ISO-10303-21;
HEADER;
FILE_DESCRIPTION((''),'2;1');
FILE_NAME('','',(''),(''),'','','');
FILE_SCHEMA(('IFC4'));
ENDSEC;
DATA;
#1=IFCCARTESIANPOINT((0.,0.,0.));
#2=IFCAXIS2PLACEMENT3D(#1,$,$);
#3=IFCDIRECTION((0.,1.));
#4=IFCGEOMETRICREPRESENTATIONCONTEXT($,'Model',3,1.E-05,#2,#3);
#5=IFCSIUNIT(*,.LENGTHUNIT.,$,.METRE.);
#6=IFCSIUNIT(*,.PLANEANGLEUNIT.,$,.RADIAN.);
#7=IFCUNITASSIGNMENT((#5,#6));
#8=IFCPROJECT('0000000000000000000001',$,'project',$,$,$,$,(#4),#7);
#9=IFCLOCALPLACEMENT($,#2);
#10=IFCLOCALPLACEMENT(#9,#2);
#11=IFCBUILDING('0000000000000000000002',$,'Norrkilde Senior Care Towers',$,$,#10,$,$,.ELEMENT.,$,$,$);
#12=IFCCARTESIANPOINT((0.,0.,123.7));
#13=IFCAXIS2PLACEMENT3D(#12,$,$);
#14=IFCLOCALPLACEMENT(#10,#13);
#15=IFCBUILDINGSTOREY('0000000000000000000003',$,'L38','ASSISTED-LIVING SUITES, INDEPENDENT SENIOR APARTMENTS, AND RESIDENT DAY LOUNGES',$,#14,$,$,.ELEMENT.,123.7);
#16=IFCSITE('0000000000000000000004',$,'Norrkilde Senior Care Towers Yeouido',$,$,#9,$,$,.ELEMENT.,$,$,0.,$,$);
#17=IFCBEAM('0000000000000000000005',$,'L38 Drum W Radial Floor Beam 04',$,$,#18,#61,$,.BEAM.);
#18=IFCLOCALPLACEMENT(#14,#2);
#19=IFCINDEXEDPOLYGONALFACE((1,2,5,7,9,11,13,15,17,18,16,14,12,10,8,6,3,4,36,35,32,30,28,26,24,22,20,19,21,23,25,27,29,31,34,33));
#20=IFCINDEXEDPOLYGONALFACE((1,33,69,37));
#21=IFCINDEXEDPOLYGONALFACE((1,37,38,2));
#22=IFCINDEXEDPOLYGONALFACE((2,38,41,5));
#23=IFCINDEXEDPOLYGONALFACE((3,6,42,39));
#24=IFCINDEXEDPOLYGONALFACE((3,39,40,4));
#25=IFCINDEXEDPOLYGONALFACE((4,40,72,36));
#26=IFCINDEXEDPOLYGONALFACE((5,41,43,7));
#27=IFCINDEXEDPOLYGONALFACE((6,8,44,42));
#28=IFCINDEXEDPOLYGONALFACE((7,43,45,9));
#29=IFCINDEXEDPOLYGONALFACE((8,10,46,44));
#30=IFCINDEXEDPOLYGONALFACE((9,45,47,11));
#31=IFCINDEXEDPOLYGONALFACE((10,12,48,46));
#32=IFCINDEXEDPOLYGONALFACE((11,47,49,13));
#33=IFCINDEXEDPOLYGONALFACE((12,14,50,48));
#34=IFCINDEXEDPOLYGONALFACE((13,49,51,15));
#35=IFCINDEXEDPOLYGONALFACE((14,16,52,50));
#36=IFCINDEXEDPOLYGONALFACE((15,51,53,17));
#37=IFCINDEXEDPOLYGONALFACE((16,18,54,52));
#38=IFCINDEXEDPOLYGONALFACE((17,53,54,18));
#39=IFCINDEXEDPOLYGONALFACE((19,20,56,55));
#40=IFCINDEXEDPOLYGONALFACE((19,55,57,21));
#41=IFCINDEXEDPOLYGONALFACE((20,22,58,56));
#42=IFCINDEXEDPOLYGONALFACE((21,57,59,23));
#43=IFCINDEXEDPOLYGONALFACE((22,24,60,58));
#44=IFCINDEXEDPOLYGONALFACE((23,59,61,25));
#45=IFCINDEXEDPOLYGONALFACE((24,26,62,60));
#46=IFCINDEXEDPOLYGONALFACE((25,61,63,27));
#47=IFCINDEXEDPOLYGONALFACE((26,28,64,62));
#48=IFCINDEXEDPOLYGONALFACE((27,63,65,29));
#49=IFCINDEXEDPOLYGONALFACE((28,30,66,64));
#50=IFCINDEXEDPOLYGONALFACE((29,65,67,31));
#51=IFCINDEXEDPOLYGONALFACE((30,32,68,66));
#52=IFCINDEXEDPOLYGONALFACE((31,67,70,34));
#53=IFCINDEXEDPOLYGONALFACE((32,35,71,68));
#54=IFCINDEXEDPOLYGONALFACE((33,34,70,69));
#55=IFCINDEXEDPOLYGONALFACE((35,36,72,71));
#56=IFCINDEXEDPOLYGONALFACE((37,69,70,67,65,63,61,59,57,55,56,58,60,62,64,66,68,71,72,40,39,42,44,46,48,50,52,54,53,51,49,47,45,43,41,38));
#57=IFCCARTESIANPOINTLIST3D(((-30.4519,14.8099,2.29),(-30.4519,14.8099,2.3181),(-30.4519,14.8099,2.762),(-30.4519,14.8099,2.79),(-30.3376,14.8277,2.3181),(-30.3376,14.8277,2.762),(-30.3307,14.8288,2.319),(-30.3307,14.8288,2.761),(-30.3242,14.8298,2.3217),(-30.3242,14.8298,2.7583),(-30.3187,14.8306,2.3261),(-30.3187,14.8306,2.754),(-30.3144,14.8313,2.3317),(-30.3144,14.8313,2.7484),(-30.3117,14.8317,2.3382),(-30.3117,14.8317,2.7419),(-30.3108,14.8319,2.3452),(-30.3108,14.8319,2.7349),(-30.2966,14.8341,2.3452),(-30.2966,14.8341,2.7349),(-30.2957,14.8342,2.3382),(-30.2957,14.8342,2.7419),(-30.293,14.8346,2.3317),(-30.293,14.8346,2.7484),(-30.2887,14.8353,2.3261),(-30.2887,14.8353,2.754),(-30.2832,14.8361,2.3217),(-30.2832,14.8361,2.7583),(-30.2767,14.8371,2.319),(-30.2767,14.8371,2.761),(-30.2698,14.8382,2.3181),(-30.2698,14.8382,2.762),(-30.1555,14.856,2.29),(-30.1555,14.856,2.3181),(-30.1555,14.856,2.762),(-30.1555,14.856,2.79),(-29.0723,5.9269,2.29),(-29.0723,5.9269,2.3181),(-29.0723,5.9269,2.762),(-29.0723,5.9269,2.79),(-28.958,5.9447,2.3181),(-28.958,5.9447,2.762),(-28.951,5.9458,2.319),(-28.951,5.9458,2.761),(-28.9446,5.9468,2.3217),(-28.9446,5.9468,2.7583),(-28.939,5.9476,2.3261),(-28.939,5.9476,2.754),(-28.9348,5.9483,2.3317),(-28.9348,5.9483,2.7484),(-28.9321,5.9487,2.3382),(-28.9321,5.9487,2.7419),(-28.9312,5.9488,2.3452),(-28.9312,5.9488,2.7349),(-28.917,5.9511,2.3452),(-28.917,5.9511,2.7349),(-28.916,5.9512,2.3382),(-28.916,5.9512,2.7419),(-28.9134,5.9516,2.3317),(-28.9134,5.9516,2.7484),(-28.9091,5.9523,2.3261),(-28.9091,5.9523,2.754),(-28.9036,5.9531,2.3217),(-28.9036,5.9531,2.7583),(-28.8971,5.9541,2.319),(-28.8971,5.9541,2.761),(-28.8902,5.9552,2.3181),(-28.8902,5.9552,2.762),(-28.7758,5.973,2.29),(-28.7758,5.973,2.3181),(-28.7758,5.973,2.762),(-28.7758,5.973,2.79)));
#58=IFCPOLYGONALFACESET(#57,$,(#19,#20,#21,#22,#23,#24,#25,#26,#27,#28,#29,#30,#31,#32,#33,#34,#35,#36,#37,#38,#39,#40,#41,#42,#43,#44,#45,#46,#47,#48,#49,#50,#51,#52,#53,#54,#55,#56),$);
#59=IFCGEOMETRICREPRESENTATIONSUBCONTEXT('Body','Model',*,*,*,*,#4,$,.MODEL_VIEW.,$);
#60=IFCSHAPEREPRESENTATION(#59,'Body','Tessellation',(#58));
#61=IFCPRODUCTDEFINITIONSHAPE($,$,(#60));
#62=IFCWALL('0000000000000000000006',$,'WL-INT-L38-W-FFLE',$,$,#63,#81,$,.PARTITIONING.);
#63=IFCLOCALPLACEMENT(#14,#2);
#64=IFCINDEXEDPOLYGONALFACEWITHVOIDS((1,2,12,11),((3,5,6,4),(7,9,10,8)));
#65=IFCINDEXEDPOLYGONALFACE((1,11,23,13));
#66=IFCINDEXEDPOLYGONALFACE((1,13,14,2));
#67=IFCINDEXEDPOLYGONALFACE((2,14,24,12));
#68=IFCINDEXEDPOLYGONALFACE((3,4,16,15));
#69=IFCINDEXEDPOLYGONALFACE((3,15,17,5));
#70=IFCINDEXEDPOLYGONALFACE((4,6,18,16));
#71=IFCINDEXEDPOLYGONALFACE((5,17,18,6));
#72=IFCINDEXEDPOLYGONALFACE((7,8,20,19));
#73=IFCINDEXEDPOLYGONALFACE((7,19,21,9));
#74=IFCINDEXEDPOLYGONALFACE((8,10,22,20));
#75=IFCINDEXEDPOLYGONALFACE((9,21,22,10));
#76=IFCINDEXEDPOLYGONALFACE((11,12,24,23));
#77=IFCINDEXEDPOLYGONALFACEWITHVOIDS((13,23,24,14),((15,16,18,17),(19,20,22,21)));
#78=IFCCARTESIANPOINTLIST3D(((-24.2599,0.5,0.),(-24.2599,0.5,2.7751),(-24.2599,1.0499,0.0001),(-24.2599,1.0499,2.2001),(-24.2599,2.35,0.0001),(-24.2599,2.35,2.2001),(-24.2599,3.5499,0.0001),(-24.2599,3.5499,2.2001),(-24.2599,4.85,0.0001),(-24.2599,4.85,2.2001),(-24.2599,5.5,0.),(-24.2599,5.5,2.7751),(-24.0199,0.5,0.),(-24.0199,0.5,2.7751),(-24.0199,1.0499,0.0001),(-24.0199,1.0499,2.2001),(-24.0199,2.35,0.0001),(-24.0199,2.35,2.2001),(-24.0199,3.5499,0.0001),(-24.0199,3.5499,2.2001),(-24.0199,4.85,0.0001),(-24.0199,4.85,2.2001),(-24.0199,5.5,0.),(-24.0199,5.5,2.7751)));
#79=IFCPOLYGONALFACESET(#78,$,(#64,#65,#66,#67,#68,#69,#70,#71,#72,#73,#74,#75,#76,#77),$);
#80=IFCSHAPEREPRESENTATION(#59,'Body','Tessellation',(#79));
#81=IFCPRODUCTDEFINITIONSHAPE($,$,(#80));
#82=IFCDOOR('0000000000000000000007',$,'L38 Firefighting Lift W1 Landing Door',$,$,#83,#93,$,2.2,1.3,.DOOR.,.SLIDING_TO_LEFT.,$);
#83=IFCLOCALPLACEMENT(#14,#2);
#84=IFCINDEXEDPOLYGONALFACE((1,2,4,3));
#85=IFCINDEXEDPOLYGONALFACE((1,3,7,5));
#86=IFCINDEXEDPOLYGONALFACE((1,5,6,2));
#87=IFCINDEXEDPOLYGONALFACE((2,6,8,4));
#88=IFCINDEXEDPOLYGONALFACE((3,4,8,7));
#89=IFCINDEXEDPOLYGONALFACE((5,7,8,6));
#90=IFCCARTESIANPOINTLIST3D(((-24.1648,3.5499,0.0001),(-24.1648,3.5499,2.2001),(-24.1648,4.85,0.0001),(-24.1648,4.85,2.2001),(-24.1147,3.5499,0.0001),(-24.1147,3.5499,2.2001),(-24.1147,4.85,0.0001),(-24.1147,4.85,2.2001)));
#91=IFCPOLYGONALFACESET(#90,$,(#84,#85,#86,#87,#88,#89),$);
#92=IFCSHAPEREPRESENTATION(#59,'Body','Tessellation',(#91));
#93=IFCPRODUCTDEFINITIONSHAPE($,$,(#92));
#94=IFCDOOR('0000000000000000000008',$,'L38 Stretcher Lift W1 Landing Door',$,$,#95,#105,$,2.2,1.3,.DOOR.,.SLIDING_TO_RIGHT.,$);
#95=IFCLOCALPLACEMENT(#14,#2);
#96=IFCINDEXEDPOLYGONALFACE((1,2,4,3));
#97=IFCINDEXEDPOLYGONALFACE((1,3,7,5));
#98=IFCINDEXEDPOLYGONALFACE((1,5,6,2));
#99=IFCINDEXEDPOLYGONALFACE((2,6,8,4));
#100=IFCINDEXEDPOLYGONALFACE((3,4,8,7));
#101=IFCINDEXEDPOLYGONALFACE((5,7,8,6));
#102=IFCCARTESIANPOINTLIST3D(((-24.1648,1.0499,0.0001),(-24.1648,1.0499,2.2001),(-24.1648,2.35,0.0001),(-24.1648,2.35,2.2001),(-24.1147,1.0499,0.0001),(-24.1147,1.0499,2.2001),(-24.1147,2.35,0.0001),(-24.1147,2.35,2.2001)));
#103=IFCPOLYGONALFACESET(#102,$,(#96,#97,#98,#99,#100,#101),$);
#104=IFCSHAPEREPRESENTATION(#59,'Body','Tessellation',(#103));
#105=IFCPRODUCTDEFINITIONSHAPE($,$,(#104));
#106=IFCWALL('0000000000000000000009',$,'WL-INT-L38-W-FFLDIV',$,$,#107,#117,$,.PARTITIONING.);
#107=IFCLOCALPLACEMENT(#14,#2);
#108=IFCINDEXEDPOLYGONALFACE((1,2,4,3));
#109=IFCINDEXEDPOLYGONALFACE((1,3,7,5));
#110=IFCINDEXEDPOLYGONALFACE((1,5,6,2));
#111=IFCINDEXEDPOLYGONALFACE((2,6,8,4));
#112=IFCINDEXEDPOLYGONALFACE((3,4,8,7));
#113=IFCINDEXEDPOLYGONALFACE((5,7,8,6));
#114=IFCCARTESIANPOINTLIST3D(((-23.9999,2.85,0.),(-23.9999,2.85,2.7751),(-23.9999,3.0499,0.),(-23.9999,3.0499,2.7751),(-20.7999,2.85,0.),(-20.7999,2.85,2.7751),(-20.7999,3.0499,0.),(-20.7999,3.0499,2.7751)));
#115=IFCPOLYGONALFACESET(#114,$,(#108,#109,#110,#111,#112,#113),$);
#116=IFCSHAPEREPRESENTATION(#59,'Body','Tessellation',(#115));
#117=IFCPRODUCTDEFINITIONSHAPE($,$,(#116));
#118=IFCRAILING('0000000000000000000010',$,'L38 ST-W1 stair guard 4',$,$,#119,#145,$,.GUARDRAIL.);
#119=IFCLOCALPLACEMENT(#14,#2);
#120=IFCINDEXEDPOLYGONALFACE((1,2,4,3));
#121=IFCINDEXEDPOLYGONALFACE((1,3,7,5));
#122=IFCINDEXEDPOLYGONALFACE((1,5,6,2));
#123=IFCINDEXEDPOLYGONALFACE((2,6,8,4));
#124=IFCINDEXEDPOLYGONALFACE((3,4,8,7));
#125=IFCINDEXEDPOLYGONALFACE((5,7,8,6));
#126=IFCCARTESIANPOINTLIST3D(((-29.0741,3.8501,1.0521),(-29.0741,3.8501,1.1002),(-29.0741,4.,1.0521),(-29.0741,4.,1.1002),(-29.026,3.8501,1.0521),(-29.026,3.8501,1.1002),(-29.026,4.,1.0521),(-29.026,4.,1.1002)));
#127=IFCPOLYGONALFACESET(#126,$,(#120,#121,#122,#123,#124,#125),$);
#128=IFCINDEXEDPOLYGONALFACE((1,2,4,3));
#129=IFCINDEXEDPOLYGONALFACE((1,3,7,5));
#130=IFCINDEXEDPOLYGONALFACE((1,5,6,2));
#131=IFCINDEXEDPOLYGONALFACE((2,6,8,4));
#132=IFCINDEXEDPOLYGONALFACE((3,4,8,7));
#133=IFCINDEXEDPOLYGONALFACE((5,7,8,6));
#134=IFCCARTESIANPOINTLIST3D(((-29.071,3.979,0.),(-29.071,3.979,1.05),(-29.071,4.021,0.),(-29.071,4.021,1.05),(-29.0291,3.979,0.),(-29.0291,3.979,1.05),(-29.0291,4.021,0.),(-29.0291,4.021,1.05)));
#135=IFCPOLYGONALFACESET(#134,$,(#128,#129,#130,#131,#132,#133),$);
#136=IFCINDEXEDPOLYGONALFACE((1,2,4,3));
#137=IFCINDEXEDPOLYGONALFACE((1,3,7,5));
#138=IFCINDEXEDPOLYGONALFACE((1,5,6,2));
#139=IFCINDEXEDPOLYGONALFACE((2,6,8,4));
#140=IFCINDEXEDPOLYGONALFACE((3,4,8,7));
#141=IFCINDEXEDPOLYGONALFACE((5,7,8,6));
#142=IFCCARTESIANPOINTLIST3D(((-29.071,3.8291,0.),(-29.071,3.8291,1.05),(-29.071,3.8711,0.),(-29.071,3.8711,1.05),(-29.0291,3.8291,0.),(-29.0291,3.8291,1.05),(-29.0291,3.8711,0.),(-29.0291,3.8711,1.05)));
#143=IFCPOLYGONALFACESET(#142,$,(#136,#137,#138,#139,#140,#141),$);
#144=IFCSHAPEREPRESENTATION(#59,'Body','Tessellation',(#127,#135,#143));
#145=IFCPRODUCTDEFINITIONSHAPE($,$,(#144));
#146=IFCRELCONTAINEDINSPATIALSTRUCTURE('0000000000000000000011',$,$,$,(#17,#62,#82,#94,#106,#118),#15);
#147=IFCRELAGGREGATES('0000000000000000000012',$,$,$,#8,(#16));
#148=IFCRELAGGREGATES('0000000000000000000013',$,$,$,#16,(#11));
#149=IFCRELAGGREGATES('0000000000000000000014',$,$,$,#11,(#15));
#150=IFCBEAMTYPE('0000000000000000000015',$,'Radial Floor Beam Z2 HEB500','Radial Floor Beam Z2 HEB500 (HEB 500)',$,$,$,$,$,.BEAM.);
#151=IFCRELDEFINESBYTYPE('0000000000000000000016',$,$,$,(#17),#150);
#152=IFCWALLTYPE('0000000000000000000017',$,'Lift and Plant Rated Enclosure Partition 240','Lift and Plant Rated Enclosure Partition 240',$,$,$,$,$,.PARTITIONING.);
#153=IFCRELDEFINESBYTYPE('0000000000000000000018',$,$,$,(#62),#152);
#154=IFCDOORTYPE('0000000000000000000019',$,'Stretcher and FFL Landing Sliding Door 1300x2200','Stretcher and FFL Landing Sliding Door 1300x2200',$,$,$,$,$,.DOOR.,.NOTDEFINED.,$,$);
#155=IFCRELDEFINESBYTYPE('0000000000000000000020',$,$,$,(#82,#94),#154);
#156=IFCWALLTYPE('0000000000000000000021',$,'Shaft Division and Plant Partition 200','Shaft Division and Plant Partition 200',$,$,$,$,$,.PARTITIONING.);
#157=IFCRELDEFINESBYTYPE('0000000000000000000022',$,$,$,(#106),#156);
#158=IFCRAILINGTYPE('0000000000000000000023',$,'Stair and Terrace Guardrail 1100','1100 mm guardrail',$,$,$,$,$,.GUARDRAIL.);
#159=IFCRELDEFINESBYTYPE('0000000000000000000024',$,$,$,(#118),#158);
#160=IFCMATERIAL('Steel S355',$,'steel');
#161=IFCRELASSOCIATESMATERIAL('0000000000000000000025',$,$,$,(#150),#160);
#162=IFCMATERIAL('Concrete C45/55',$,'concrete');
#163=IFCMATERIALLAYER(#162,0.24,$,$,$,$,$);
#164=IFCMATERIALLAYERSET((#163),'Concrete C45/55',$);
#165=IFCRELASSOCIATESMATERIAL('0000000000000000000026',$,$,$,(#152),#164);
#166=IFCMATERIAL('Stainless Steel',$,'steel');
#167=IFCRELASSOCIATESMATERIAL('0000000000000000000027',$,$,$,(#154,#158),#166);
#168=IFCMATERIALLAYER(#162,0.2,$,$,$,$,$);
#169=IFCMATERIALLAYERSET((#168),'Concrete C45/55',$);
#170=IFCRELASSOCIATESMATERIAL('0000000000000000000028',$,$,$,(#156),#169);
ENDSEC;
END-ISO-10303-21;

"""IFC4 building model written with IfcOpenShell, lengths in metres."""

from ifc_helpers import new_model, si_unit, direction, frame, frame_2d, origin, origin_2d, place, context, subcontext, project, spatial, rectangle, i_section, extrude, source, transform, mapped, material, layer, layer_set, material_profile, profile_set, type_object, type_shapes, element, fill, save


model = new_model("IFC4")

# Units and contexts
model_context = context("Model", 3, precision=1e-05, world=origin(), true_north=direction((0.0, 1.0)))
body_context = subcontext(model_context, "Body", "Model", "MODEL_VIEW")
ifc_project = project(units=[si_unit("LENGTHUNIT", "METRE"), si_unit("PLANEANGLEUNIT", "RADIAN")], contexts=[model_context])

# Site, building, storey
site_placement = place(None, origin())
site = spatial("IfcSite", under=ifc_project, at=site_placement, Name="Norrkilde Senior Care Towers Yeouido", CompositionType="ELEMENT", RefElevation=0.0)
building_placement = place(site_placement, origin())
building = spatial("IfcBuilding", under=site, at=building_placement, Name="Norrkilde Senior Care Towers", CompositionType="ELEMENT")
storey_placement = place(building_placement, frame((0.0, 0.0, 123.7)))
storey = spatial("IfcBuildingStorey", under=building, at=storey_placement, Name="L38", Description="ASSISTED-LIVING SUITES, INDEPENDENT SENIOR APARTMENTS, AND RESIDENT DAY LOUNGES", CompositionType="ELEMENT", Elevation=123.7)

# Beam
ifc_material_1 = material(Name="Steel S355", Category="steel")
ifc_material_profile_1 = material_profile(ifc_material_1, i_section(OverallWidth=0.3, OverallDepth=0.5, WebThickness=0.0144, FlangeThickness=0.0281, FilletRadius=0.0271, at=origin_2d()), Name="HEB 500")
ifc_profile_set_1 = profile_set([ifc_material_profile_1], Name="Steel S355")
beam_type = type_object("IfcBeamType", Name="Radial Floor Beam Z2 HEB500", Description="Radial Floor Beam Z2 HEB500 (HEB 500)", PredefinedType="BEAM", material=ifc_profile_set_1)
shared_shape_1 = source(origin(), body_context, "Body", "SweptSolid", [
    extrude(i_section(OverallWidth=0.3, OverallDepth=0.5, WebThickness=0.0144, FlangeThickness=0.0281, FilletRadius=0.0271, at=origin_2d()), origin(), (0.0, 0.0, 1.0), 8.9895),
])
beam_1_placement = place(storey_placement, frame((-28.9241, 5.95, 2.54), z_axis=(-0.153471, 0.988153, 0.0), x_axis=(-0.988153, -0.153471, 0.0)))
element("IfcBeam", 1, at=beam_1_placement, inside=storey, type_object=beam_type, Name="L38 Drum W Radial Floor Beam 04", PredefinedType="BEAM", context=body_context, shape_type="MappedRepresentation", body=[
    mapped(shared_shape_1, transform((0.0, 0.0, 0.0), x_axis=(1.0, 0.0, 0.0), y_axis=(0.0, 1.0, 0.0), z_axis=(0.0, 0.0, 1.0), scale=1.0)),
])

# Wall, openings, doors
ifc_material_2 = material(Name="Concrete C45/55", Category="concrete")
ifc_layer_1 = layer(ifc_material_2, 0.24)
ifc_layer_set_1 = layer_set([ifc_layer_1], Name="Concrete C45/55")
wall_type_1 = type_object("IfcWallType", Name="Lift and Plant Rated Enclosure Partition 240", Description="Lift and Plant Rated Enclosure Partition 240", PredefinedType="PARTITIONING", material=ifc_layer_set_1)
shared_shape_2 = source(origin(), body_context, "Body", "SweptSolid", [
    extrude(rectangle(XDim=5.0, YDim=0.24, at=frame_2d((2.5, 0.0))), origin(), (0.0, 0.0, 1.0), 2.7751),
])
type_shapes(wall_type_1, [shared_shape_2])
wall_1_placement = place(storey_placement, frame((-24.1399, 0.5, 0.0), z_axis=(0.0, 0.0, 1.0), x_axis=(0.0, 1.0, 0.0)))
wall_1 = element("IfcWall", 2, at=wall_1_placement, inside=storey, type_object=wall_type_1, Name="WL-INT-L38-W-FFLE", PredefinedType="PARTITIONING", context=body_context, shape_type="MappedRepresentation", body=[
    mapped(shared_shape_2, transform((0.0, 0.0, 0.0), x_axis=(1.0, 0.0, 0.0), y_axis=(0.0, 1.0, 0.0), z_axis=(0.0, 0.0, 1.0), scale=1.0)),
])
opening_1_placement = place(wall_1_placement, frame((3.05, 0.0, 0.0)))
opening_1 = element("IfcOpeningElement", 3, at=opening_1_placement, cuts=wall_1, PredefinedType="OPENING", context=body_context, shape_type="SweptSolid", body=[
    extrude(rectangle(XDim=1.3, YDim=2.2, at=frame_2d((0.6499, 1.1001))), frame((0.0, 0.1299, 0.0), z_axis=(0.0, -1.0, 0.0), x_axis=(1.0, 0.0, 0.0)), (0.0, 0.0, 1.0), 0.26),
])
opening_2_placement = place(wall_1_placement, frame((0.55, 0.0, 0.0)))
opening_2 = element("IfcOpeningElement", 4, at=opening_2_placement, cuts=wall_1, PredefinedType="OPENING", context=body_context, shape_type="SweptSolid", body=[
    extrude(rectangle(XDim=1.3, YDim=2.2, at=frame_2d((0.6499, 1.1001))), frame((0.0, 0.1299, 0.0), z_axis=(0.0, -1.0, 0.0), x_axis=(1.0, 0.0, 0.0)), (0.0, 0.0, 1.0), 0.26),
])
ifc_material_3 = material(Name="Stainless Steel", Category="steel")
door_type_1 = type_object("IfcDoorType", Name="Stretcher and FFL Landing Sliding Door 1300x2200", Description="Stretcher and FFL Landing Sliding Door 1300x2200", OperationType="NOTDEFINED", PredefinedType="DOOR", material=ifc_material_3)
shared_shape_3 = source(origin(), body_context, "Body", "SweptSolid", [
    extrude(rectangle(XDim=1.3, YDim=2.2, at=frame_2d((0.6499, 1.1001))), frame((0.0, 0.0249, 0.0), z_axis=(0.0, -1.0, 0.0), x_axis=(1.0, 0.0, 0.0)), (0.0, 0.0, 1.0), 0.05),
])
type_shapes(door_type_1, [shared_shape_3])
door_1_placement = place(opening_1_placement, origin())
door_1 = element("IfcDoor", 5, at=door_1_placement, inside=storey, type_object=door_type_1, Name="L38 Firefighting Lift W1 Landing Door", OperationType="SLIDING_TO_LEFT", OverallHeight=2.2, OverallWidth=1.3, PredefinedType="DOOR", context=body_context, shape_type="MappedRepresentation", body=[
    mapped(shared_shape_3, transform((0.0, 0.0, 0.0), x_axis=(1.0, 0.0, 0.0), y_axis=(0.0, 1.0, 0.0), z_axis=(0.0, 0.0, 1.0), scale=1.0)),
])
fill(opening_1, door_1)
door_2_placement = place(opening_2_placement, origin())
door_2 = element("IfcDoor", 6, at=door_2_placement, inside=storey, type_object=door_type_1, Name="L38 Stretcher Lift W1 Landing Door", OperationType="SLIDING_TO_RIGHT", OverallHeight=2.2, OverallWidth=1.3, PredefinedType="DOOR", context=body_context, shape_type="MappedRepresentation", body=[
    mapped(shared_shape_3, transform((0.0, 0.0, 0.0), x_axis=(1.0, 0.0, 0.0), y_axis=(0.0, 1.0, 0.0), z_axis=(0.0, 0.0, 1.0), scale=1.0)),
])
fill(opening_2, door_2)

# Wall
ifc_layer_2 = layer(ifc_material_2, 0.2)
ifc_layer_set_2 = layer_set([ifc_layer_2], Name="Concrete C45/55")
wall_type_2 = type_object("IfcWallType", Name="Shaft Division and Plant Partition 200", Description="Shaft Division and Plant Partition 200", PredefinedType="PARTITIONING", material=ifc_layer_set_2)
shared_shape_4 = source(origin(), body_context, "Body", "SweptSolid", [
    extrude(rectangle(XDim=3.2, YDim=0.2, at=frame_2d((1.6001, 0.0))), origin(), (0.0, 0.0, 1.0), 2.7751),
])
type_shapes(wall_type_2, [shared_shape_4])
wall_2_placement = place(storey_placement, frame((-24.0, 2.95, 0.0), z_axis=(0.0, 0.0, 1.0), x_axis=(1.0, 0.0, 0.0)))
element("IfcWall", 7, at=wall_2_placement, inside=storey, type_object=wall_type_2, Name="WL-INT-L38-W-FFLDIV", PredefinedType="PARTITIONING", context=body_context, shape_type="MappedRepresentation", body=[
    mapped(shared_shape_4, transform((0.0, 0.0, 0.0), x_axis=(1.0, 0.0, 0.0), y_axis=(0.0, 1.0, 0.0), z_axis=(0.0, 0.0, 1.0), scale=1.0)),
])

# Railing
railing_type = type_object("IfcRailingType", Name="Stair and Terrace Guardrail 1100", Description="1100 mm guardrail", PredefinedType="GUARDRAIL", material=ifc_material_3)
railing_placement = place(storey_placement, frame((-29.05, 4.0, 0.0)))
element("IfcRailing", 8, at=railing_placement, inside=storey, type_object=railing_type, Name="L38 ST-W1 stair guard 4", PredefinedType="GUARDRAIL", context=body_context, shape_type="SweptSolid", body=[
    extrude(rectangle(XDim=0.0481, YDim=0.0481, at=origin_2d()), frame((0.0, 0.0, 1.0762), z_axis=(0.0, -1.0, 0.0), x_axis=(1.0, 0.0, 0.0)), (0.0, 0.0, 1.0), 0.1499),
    extrude(rectangle(XDim=0.042, YDim=0.042, at=origin_2d()), origin(), (0.0, 0.0, 1.0), 1.05),
    extrude(rectangle(XDim=0.042, YDim=0.042, at=origin_2d()), frame((0.0, -0.1499, 0.0)), (0.0, 0.0, 1.0), 1.05),
])

save(model, "model.ifc")
